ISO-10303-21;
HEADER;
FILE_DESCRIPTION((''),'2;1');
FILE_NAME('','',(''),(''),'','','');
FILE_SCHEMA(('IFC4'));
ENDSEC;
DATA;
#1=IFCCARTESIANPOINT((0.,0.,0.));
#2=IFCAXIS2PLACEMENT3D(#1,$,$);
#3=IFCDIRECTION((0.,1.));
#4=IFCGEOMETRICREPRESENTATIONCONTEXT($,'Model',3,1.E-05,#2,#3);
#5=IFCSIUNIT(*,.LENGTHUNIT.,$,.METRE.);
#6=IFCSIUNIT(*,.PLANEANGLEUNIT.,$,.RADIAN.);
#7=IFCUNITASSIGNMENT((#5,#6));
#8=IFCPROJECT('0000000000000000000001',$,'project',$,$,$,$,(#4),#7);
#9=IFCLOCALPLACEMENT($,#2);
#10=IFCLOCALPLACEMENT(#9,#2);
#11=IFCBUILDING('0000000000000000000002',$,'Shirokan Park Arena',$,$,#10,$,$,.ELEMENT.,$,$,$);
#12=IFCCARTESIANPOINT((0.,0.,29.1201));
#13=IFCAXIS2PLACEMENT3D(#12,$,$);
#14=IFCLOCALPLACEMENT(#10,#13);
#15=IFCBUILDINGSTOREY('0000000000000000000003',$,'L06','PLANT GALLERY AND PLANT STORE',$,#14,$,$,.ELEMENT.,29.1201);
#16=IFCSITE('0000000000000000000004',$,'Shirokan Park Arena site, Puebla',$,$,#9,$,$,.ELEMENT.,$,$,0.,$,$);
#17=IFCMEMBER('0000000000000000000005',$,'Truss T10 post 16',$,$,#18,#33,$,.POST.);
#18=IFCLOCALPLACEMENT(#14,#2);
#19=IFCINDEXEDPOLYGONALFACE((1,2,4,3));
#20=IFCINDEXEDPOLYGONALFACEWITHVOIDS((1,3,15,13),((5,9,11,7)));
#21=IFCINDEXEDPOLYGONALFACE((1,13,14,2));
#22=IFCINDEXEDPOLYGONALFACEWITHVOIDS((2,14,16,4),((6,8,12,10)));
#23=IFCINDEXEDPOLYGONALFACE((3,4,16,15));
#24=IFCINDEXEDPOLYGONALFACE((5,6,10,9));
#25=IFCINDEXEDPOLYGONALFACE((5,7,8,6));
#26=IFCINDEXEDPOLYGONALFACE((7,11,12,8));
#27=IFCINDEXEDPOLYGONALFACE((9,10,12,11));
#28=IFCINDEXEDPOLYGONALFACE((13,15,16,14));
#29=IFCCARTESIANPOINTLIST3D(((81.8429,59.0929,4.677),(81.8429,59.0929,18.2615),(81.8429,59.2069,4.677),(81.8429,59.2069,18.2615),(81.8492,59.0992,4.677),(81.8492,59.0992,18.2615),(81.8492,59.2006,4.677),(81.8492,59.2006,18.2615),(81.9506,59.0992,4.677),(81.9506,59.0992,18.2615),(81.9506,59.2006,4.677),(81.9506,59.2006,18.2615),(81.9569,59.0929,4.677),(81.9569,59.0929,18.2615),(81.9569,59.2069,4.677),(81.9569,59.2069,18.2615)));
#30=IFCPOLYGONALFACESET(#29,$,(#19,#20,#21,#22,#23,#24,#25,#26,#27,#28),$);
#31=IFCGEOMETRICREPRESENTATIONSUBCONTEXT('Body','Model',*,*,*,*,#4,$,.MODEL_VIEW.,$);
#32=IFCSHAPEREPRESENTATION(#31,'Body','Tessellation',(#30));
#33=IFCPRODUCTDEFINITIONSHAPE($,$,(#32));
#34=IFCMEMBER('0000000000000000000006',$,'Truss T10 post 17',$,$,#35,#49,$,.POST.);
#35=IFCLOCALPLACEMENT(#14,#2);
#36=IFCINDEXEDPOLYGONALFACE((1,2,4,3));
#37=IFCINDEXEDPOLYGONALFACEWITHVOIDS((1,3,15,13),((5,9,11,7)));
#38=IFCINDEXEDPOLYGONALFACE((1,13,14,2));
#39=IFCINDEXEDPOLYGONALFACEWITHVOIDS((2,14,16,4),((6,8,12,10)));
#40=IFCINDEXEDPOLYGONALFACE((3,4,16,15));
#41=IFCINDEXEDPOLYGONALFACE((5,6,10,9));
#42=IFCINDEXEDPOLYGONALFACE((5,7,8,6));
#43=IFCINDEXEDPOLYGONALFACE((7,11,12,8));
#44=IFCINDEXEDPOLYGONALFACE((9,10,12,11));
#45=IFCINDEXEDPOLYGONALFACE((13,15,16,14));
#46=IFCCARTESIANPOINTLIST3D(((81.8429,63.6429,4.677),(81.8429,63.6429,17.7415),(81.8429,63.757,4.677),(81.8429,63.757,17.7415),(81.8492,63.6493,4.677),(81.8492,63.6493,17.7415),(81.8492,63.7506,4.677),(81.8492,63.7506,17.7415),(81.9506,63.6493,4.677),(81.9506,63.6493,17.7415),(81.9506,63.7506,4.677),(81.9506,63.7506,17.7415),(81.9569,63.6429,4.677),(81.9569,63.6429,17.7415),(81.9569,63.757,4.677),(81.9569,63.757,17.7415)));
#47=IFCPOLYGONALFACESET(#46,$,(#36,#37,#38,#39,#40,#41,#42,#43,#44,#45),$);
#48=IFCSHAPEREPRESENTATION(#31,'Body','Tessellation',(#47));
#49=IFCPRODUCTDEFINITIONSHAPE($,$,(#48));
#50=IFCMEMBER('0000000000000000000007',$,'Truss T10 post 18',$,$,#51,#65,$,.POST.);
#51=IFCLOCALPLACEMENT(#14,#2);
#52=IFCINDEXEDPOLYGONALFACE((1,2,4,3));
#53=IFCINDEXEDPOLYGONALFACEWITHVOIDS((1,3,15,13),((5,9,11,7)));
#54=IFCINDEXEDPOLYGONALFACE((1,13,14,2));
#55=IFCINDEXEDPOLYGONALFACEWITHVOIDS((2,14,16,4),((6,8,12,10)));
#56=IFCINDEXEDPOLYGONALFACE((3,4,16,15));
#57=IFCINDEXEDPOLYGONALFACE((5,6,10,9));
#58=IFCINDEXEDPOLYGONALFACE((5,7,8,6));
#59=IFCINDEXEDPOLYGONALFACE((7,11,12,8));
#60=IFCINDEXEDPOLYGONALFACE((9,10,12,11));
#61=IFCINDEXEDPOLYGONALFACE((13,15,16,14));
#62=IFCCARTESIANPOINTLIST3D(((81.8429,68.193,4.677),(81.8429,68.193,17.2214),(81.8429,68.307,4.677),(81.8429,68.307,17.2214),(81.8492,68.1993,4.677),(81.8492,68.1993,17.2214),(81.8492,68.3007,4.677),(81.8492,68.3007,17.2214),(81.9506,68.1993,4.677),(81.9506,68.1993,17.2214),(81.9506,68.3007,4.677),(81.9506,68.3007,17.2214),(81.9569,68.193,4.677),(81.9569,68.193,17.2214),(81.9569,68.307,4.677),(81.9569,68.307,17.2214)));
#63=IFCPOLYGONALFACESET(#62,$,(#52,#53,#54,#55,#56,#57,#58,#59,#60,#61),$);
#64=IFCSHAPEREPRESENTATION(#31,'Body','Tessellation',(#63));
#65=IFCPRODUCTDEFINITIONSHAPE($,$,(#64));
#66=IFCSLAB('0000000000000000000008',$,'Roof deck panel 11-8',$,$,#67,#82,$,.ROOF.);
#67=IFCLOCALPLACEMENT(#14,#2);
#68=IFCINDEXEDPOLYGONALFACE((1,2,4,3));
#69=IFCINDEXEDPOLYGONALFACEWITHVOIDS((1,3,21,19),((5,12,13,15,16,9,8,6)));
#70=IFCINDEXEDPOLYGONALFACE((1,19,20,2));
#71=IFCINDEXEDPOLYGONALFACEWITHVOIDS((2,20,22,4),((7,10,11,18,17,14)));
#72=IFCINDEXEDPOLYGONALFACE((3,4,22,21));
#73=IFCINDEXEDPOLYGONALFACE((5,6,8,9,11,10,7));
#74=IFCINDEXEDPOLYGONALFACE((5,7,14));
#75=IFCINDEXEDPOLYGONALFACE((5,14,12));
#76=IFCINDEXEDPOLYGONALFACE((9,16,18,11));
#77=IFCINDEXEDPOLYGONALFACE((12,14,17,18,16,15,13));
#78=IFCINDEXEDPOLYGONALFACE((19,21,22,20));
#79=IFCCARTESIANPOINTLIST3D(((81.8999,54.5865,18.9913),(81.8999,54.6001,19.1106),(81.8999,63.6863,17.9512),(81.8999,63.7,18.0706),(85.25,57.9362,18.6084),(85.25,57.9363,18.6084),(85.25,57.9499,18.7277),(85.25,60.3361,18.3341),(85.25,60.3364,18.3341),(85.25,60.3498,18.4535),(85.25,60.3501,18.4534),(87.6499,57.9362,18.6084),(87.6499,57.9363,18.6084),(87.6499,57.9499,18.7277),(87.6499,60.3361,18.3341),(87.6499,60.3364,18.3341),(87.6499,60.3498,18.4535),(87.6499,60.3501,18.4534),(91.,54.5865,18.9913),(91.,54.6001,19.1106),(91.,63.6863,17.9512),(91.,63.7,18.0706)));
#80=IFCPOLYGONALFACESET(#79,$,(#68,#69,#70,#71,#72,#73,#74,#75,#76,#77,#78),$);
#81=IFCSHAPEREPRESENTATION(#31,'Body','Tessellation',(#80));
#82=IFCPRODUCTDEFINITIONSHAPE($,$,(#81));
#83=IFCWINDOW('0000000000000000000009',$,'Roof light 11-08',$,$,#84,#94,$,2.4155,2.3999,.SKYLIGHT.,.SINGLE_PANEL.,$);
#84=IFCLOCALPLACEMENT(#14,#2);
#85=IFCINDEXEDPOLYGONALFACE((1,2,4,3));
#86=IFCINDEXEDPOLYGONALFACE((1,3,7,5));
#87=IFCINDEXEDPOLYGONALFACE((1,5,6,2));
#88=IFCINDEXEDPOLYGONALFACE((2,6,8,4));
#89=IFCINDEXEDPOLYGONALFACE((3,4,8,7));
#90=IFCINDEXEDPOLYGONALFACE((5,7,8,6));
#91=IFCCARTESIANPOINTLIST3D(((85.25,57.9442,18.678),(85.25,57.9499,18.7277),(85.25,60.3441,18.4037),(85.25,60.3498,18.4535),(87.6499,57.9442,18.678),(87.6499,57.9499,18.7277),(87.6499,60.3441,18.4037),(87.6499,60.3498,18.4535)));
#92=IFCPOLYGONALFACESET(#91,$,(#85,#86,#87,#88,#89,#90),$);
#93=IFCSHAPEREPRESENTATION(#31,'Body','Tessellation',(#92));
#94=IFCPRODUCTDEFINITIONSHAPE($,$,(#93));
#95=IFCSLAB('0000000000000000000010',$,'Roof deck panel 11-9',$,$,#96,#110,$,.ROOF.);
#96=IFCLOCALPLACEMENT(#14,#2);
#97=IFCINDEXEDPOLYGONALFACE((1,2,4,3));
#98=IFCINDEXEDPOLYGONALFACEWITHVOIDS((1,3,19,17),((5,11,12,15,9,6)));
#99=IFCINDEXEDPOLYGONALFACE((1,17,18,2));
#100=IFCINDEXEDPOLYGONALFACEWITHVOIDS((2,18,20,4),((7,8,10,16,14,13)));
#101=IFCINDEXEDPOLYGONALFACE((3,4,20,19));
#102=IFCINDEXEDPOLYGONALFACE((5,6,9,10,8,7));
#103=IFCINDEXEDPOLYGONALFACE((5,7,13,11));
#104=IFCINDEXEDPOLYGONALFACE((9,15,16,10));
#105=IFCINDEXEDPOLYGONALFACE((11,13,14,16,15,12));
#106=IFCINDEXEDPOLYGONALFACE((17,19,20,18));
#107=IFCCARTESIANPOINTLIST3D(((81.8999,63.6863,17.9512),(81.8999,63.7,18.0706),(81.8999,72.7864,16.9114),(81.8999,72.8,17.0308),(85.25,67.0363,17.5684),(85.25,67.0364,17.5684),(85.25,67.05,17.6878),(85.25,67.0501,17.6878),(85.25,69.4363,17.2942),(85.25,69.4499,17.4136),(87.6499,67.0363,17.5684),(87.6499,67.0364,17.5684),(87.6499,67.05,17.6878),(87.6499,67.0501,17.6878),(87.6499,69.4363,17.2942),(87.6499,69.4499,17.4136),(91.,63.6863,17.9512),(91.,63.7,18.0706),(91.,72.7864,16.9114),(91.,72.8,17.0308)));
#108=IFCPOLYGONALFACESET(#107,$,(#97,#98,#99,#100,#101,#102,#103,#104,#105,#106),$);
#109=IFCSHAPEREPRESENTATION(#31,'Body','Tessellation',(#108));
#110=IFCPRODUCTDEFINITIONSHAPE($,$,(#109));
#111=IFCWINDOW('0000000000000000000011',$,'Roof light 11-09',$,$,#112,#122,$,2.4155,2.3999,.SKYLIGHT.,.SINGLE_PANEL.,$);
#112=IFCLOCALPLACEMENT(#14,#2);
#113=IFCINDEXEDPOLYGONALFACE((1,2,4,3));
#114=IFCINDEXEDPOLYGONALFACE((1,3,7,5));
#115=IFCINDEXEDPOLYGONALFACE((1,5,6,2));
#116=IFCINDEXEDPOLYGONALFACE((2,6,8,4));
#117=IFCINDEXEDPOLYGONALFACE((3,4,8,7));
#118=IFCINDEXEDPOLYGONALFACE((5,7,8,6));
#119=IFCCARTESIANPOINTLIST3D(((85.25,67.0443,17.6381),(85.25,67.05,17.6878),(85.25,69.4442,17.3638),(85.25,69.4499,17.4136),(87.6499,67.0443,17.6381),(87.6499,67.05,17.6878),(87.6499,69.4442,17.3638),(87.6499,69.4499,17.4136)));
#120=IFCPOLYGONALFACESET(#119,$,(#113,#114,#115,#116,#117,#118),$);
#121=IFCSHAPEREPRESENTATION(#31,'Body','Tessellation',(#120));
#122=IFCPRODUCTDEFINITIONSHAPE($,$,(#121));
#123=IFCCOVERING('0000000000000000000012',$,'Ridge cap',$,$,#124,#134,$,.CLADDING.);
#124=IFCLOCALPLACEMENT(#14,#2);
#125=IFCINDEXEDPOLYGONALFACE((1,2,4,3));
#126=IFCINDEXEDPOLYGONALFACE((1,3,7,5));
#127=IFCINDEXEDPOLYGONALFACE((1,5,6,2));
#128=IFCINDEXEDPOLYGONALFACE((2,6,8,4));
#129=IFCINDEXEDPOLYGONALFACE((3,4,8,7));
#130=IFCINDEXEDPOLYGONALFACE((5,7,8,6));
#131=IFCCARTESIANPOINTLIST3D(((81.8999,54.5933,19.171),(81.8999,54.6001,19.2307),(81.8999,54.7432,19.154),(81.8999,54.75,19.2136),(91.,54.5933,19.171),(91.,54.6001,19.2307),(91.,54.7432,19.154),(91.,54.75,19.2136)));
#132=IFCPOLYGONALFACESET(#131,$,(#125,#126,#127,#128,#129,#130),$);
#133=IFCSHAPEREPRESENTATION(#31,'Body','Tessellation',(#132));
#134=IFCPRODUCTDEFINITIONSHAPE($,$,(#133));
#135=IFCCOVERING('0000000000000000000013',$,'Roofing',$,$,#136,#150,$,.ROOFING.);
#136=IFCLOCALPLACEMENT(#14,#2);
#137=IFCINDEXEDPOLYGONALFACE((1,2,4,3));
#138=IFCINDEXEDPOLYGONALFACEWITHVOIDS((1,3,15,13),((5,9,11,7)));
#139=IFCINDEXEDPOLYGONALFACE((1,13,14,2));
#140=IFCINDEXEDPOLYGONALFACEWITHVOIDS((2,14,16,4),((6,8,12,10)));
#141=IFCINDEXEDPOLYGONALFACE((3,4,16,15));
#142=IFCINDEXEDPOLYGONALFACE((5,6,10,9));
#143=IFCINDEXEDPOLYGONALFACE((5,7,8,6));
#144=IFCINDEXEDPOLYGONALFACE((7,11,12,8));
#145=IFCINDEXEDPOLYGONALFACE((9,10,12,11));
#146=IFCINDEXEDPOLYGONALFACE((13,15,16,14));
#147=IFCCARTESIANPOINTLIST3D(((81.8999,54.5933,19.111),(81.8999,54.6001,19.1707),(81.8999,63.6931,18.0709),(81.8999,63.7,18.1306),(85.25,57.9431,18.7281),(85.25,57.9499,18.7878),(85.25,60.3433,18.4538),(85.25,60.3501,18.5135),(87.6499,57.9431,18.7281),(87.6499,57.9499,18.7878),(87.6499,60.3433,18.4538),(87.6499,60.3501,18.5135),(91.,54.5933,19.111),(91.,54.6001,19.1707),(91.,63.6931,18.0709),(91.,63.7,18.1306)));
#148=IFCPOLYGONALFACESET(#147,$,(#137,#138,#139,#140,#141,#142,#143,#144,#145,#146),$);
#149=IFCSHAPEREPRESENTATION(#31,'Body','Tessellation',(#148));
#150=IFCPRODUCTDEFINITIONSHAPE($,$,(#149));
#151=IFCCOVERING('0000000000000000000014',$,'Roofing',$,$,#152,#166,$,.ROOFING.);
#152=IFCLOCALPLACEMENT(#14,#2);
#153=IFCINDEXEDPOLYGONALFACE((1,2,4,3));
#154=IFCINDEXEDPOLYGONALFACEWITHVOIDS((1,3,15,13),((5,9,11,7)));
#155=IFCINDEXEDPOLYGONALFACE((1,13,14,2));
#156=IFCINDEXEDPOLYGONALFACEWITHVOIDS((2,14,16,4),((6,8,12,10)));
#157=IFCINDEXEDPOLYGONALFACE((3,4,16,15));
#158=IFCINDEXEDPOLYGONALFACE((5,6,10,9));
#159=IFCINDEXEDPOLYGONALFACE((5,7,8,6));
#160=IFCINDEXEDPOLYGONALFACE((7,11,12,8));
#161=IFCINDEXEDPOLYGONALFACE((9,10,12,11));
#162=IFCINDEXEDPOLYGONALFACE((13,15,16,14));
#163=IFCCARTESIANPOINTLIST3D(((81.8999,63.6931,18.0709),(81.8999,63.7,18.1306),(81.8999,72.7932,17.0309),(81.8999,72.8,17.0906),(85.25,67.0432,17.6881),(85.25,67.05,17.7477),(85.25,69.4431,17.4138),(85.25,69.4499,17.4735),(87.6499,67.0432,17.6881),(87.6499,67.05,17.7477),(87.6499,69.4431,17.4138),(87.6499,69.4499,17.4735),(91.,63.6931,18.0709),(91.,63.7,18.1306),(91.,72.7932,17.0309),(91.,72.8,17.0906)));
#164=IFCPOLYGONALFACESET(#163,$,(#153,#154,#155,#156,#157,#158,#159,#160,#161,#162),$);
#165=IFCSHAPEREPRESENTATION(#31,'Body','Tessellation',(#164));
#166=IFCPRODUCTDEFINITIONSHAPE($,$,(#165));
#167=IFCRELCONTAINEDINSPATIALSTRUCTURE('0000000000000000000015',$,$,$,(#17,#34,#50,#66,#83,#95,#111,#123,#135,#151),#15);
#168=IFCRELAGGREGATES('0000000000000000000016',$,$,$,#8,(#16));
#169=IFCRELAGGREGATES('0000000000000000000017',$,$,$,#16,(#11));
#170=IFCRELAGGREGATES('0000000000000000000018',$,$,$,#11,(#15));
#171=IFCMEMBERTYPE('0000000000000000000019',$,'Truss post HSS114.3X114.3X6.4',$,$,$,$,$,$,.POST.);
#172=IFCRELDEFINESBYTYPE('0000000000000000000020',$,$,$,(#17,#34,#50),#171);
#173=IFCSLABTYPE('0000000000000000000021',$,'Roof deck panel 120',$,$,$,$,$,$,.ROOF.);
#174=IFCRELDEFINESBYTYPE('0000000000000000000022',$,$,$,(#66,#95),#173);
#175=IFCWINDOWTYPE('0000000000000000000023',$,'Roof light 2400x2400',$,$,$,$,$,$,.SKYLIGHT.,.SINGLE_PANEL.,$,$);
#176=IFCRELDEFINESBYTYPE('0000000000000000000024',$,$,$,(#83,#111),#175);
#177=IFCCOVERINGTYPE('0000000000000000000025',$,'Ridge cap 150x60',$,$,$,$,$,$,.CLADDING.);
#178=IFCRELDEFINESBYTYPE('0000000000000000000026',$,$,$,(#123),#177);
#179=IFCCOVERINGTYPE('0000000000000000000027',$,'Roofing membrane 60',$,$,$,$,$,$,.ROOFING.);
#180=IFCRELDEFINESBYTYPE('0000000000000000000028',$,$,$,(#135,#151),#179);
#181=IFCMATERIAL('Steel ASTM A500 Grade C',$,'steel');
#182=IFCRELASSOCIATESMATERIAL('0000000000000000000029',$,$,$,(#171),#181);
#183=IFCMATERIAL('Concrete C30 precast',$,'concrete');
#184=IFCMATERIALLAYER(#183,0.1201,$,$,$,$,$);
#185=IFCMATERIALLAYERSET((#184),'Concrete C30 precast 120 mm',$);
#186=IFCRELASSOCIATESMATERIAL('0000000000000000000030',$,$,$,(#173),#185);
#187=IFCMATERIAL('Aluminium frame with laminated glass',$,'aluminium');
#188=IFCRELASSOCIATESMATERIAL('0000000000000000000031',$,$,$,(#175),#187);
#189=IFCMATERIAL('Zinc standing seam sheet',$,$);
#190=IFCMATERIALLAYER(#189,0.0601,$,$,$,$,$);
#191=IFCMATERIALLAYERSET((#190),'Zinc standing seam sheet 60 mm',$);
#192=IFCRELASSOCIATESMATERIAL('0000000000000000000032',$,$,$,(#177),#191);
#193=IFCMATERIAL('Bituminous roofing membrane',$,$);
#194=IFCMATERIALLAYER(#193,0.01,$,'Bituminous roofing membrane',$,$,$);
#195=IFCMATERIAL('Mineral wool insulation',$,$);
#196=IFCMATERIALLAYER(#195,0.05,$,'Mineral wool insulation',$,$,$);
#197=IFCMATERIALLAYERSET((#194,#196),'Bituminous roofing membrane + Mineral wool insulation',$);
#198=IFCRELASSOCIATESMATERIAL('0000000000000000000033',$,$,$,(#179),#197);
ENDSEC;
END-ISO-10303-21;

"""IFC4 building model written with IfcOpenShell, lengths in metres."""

from ifc_helpers import new_model, si_unit, direction, frame, origin, origin_2d, place, context, subcontext, project, spatial, polyline, rectangle, hollow_rectangle, outline, extrude, material, layer, layer_set, material_profile, profile_set, type_object, element, fill, save


model = new_model("IFC4")

# Units and contexts
model_context = context("Model", 3, precision=1e-05, world=origin(), true_north=direction((0.0, 1.0)))
body_context = subcontext(model_context, "Body", "Model", "MODEL_VIEW")
ifc_project = project(units=[si_unit("LENGTHUNIT", "METRE"), si_unit("PLANEANGLEUNIT", "RADIAN")], contexts=[model_context])

# Site, building, storey
site_placement = place(None, origin())
site = spatial("IfcSite", under=ifc_project, at=site_placement, Name="Shirokan Park Arena site, Puebla", CompositionType="ELEMENT", RefElevation=0.0)
building_placement = place(site_placement, origin())
building = spatial("IfcBuilding", under=site, at=building_placement, Name="Shirokan Park Arena", CompositionType="ELEMENT")
storey_placement = place(building_placement, frame((0.0, 0.0, 29.1201)))
storey = spatial("IfcBuildingStorey", under=building, at=storey_placement, Name="L06", Description="PLANT GALLERY AND PLANT STORE", CompositionType="ELEMENT", Elevation=29.1201)

# Members
ifc_material_1 = material(Name="Steel ASTM A500 Grade C", Category="steel")
ifc_material_profile_1 = material_profile(ifc_material_1, hollow_rectangle(XDim=0.114, YDim=0.114, WallThickness=0.0063, at=origin_2d()), Name="HSS114.3X114.3X6.4")
ifc_profile_set_1 = profile_set([ifc_material_profile_1], Name="Steel ASTM A500 Grade C")
member_type_1 = type_object("IfcMemberType", Name="Truss post HSS114.3X114.3X6.4", PredefinedType="POST", material=ifc_profile_set_1)
member_1_placement = place(storey_placement, frame((81.8999, 59.1499, 4.677), z_axis=(0.0, 0.0, 1.0), x_axis=(1.0, 0.0, 0.0)))
element("IfcMember", 1, at=member_1_placement, inside=storey, type_object=member_type_1, Name="Truss T10 post 16", PredefinedType="POST", context=body_context, shape_type="SweptSolid", body=[
    extrude(hollow_rectangle(XDim=0.114, YDim=0.114, WallThickness=0.0063, at=origin_2d()), origin(), (0.0, 0.0, 1.0), 13.5845),
])
member_2_placement = place(storey_placement, frame((81.8999, 63.7, 4.677), z_axis=(0.0, 0.0, 1.0), x_axis=(1.0, 0.0, 0.0)))
element("IfcMember", 2, at=member_2_placement, inside=storey, type_object=member_type_1, Name="Truss T10 post 17", PredefinedType="POST", context=body_context, shape_type="SweptSolid", body=[
    extrude(hollow_rectangle(XDim=0.114, YDim=0.114, WallThickness=0.0063, at=origin_2d()), origin(), (0.0, 0.0, 1.0), 13.0645),
])
member_3_placement = place(storey_placement, frame((81.8999, 68.25, 4.677), z_axis=(0.0, 0.0, 1.0), x_axis=(1.0, 0.0, 0.0)))
element("IfcMember", 3, at=member_3_placement, inside=storey, type_object=member_type_1, Name="Truss T10 post 18", PredefinedType="POST", context=body_context, shape_type="SweptSolid", body=[
    extrude(hollow_rectangle(XDim=0.114, YDim=0.114, WallThickness=0.0063, at=origin_2d()), origin(), (0.0, 0.0, 1.0), 12.5444),
])

# Slabs, openings, windows
ifc_material_2 = material(Name="Concrete C30 precast", Category="concrete")
ifc_layer_1 = layer(ifc_material_2, 0.1201)
ifc_layer_set_1 = layer_set([ifc_layer_1], Name="Concrete C30 precast 120 mm")
slab_type = type_object("IfcSlabType", Name="Roof deck panel 120", PredefinedType="ROOF", material=ifc_layer_set_1)
slab_1_placement = place(storey_placement, frame((81.8999, 54.6001, 19.1106), z_axis=(0.0, 0.113553, 0.993532), x_axis=(1.0, 0.0, 0.0)))
slab_1 = element("IfcSlab", 4, at=slab_1_placement, inside=storey, type_object=slab_type, Name="Roof deck panel 11-8", PredefinedType="ROOF", context=body_context, shape_type="SweptSolid", body=[
    extrude(outline(polyline([(0.0, 0.0), (9.1001, 0.0), (9.1001, 9.1591), (0.0, 9.1591), (0.0, 0.0)]), holes=[polyline([(3.3501, 3.3717), (5.75, 3.3717), (5.75, 5.7874), (3.3501, 5.7874), (3.3501, 3.3717)])]), origin(), (0.0, 0.0, -1.0), 0.1201),
])
opening_1_placement = place(slab_1_placement, frame((4.55, 4.5793, 0.01)))
opening_1 = element("IfcOpeningElement", 5, at=opening_1_placement, cuts=slab_1, PredefinedType="OPENING", context=body_context, shape_type="SweptSolid", body=[
    extrude(rectangle(XDim=2.3999, YDim=2.4155, at=origin_2d()), origin(), (0.0, 0.0, -1.0), 0.1399),
])
ifc_material_3 = material(Name="Aluminium frame with laminated glass", Category="aluminium")
window_type = type_object("IfcWindowType", Name="Roof light 2400x2400", PartitioningType="SINGLE_PANEL", PredefinedType="SKYLIGHT", material=ifc_material_3)
window_1_placement = place(opening_1_placement, frame((0.0, 0.0, -0.0601)))
window_1 = element("IfcWindow", 6, at=window_1_placement, inside=storey, type_object=window_type, Name="Roof light 11-08", OverallHeight=2.4155, OverallWidth=2.3999, PartitioningType="SINGLE_PANEL", PredefinedType="SKYLIGHT", context=body_context, shape_type="SweptSolid", body=[
    extrude(rectangle(XDim=2.3999, YDim=2.4155, at=origin_2d()), origin(), (0.0, 0.0, 1.0), 0.05),
])
fill(opening_1, window_1)
slab_2_placement = place(storey_placement, frame((81.8999, 63.7, 18.0706), z_axis=(0.0, 0.113523, 0.993535), x_axis=(1.0, 0.0, 0.0)))
slab_2 = element("IfcSlab", 7, at=slab_2_placement, inside=storey, type_object=slab_type, Name="Roof deck panel 11-9", PredefinedType="ROOF", context=body_context, shape_type="SweptSolid", body=[
    extrude(outline(polyline([(0.0, 0.0), (9.1001, 0.0), (9.1001, 9.1593), (0.0, 9.1593), (0.0, 0.0)]), holes=[polyline([(3.3501, 3.3719), (5.75, 3.3719), (5.75, 5.7874), (3.3501, 5.7874), (3.3501, 3.3719)])]), origin(), (0.0, 0.0, -1.0), 0.1201),
])
opening_2_placement = place(slab_2_placement, frame((4.55, 4.5796, 0.01)))
opening_2 = element("IfcOpeningElement", 8, at=opening_2_placement, cuts=slab_2, PredefinedType="OPENING", context=body_context, shape_type="SweptSolid", body=[
    extrude(rectangle(XDim=2.3999, YDim=2.4155, at=origin_2d()), origin(), (0.0, 0.0, -1.0), 0.1399),
])
window_2_placement = place(opening_2_placement, frame((0.0, 0.0, -0.0601)))
window_2 = element("IfcWindow", 9, at=window_2_placement, inside=storey, type_object=window_type, Name="Roof light 11-09", OverallHeight=2.4155, OverallWidth=2.3999, PartitioningType="SINGLE_PANEL", PredefinedType="SKYLIGHT", context=body_context, shape_type="SweptSolid", body=[
    extrude(rectangle(XDim=2.3999, YDim=2.4155, at=origin_2d()), origin(), (0.0, 0.0, 1.0), 0.05),
])
fill(opening_2, window_2)

# Coverings
ifc_material_4 = material(Name="Zinc standing seam sheet")
ifc_layer_2 = layer(ifc_material_4, 0.0601)
ifc_layer_set_2 = layer_set([ifc_layer_2], Name="Zinc standing seam sheet 60 mm")
covering_type_1 = type_object("IfcCoveringType", Name="Ridge cap 150x60", PredefinedType="CLADDING", material=ifc_layer_set_2)
covering_1_placement = place(storey_placement, frame((81.8999, 54.6001, 19.2307), z_axis=(0.0, 0.113273, 0.993564), x_axis=(1.0, 0.0, 0.0)))
element("IfcCovering", 10, at=covering_1_placement, inside=storey, type_object=covering_type_1, Name="Ridge cap", PredefinedType="CLADDING", context=body_context, shape_type="SweptSolid", body=[
    extrude(outline(polyline([(0.0, 0.0), (9.1001, 0.0), (9.1001, 0.1509), (0.0, 0.1509), (0.0, 0.0)])), origin(), (0.0, 0.0, -1.0), 0.0601),
])
ifc_material_5 = material(Name="Bituminous roofing membrane")
ifc_layer_3 = layer(ifc_material_5, 0.01, Name="Bituminous roofing membrane")
ifc_material_6 = material(Name="Mineral wool insulation")
ifc_layer_4 = layer(ifc_material_6, 0.05, Name="Mineral wool insulation")
ifc_layer_set_3 = layer_set([ifc_layer_3, ifc_layer_4], Name="Bituminous roofing membrane + Mineral wool insulation")
covering_type_2 = type_object("IfcCoveringType", Name="Roofing membrane 60", PredefinedType="ROOFING", material=ifc_layer_set_3)
covering_2_placement = place(storey_placement, frame((81.8999, 54.6001, 19.1707), z_axis=(0.0, 0.113553, 0.993532), x_axis=(1.0, 0.0, 0.0)))
element("IfcCovering", 11, at=covering_2_placement, inside=storey, type_object=covering_type_2, Name="Roofing", PredefinedType="ROOFING", context=body_context, shape_type="SweptSolid", body=[
    extrude(outline(polyline([(0.0, 0.0), (9.1001, 0.0), (9.1001, 9.1591), (0.0, 9.1591), (0.0, 0.0)]), holes=[polyline([(5.75, 3.3717), (5.75, 5.7874), (3.3501, 5.7874), (3.3501, 3.3717), (5.75, 3.3717)])]), origin(), (0.0, 0.0, -1.0), 0.0601),
])
covering_3_placement = place(storey_placement, frame((81.8999, 63.7, 18.1306), z_axis=(0.0, 0.11355, 0.993532), x_axis=(1.0, 0.0, 0.0)))
element("IfcCovering", 12, at=covering_3_placement, inside=storey, type_object=covering_type_2, Name="Roofing", PredefinedType="ROOFING", context=body_context, shape_type="SweptSolid", body=[
    extrude(outline(polyline([(0.0, 0.0), (9.1001, 0.0), (9.1001, 9.1593), (0.0, 9.1593), (0.0, 0.0)]), holes=[polyline([(5.75, 3.3719), (5.75, 5.7874), (3.3501, 5.7874), (3.3501, 3.3719), (5.75, 3.3719)])]), origin(), (0.0, 0.0, -1.0), 0.0601),
])

save(model, "model.ifc")
